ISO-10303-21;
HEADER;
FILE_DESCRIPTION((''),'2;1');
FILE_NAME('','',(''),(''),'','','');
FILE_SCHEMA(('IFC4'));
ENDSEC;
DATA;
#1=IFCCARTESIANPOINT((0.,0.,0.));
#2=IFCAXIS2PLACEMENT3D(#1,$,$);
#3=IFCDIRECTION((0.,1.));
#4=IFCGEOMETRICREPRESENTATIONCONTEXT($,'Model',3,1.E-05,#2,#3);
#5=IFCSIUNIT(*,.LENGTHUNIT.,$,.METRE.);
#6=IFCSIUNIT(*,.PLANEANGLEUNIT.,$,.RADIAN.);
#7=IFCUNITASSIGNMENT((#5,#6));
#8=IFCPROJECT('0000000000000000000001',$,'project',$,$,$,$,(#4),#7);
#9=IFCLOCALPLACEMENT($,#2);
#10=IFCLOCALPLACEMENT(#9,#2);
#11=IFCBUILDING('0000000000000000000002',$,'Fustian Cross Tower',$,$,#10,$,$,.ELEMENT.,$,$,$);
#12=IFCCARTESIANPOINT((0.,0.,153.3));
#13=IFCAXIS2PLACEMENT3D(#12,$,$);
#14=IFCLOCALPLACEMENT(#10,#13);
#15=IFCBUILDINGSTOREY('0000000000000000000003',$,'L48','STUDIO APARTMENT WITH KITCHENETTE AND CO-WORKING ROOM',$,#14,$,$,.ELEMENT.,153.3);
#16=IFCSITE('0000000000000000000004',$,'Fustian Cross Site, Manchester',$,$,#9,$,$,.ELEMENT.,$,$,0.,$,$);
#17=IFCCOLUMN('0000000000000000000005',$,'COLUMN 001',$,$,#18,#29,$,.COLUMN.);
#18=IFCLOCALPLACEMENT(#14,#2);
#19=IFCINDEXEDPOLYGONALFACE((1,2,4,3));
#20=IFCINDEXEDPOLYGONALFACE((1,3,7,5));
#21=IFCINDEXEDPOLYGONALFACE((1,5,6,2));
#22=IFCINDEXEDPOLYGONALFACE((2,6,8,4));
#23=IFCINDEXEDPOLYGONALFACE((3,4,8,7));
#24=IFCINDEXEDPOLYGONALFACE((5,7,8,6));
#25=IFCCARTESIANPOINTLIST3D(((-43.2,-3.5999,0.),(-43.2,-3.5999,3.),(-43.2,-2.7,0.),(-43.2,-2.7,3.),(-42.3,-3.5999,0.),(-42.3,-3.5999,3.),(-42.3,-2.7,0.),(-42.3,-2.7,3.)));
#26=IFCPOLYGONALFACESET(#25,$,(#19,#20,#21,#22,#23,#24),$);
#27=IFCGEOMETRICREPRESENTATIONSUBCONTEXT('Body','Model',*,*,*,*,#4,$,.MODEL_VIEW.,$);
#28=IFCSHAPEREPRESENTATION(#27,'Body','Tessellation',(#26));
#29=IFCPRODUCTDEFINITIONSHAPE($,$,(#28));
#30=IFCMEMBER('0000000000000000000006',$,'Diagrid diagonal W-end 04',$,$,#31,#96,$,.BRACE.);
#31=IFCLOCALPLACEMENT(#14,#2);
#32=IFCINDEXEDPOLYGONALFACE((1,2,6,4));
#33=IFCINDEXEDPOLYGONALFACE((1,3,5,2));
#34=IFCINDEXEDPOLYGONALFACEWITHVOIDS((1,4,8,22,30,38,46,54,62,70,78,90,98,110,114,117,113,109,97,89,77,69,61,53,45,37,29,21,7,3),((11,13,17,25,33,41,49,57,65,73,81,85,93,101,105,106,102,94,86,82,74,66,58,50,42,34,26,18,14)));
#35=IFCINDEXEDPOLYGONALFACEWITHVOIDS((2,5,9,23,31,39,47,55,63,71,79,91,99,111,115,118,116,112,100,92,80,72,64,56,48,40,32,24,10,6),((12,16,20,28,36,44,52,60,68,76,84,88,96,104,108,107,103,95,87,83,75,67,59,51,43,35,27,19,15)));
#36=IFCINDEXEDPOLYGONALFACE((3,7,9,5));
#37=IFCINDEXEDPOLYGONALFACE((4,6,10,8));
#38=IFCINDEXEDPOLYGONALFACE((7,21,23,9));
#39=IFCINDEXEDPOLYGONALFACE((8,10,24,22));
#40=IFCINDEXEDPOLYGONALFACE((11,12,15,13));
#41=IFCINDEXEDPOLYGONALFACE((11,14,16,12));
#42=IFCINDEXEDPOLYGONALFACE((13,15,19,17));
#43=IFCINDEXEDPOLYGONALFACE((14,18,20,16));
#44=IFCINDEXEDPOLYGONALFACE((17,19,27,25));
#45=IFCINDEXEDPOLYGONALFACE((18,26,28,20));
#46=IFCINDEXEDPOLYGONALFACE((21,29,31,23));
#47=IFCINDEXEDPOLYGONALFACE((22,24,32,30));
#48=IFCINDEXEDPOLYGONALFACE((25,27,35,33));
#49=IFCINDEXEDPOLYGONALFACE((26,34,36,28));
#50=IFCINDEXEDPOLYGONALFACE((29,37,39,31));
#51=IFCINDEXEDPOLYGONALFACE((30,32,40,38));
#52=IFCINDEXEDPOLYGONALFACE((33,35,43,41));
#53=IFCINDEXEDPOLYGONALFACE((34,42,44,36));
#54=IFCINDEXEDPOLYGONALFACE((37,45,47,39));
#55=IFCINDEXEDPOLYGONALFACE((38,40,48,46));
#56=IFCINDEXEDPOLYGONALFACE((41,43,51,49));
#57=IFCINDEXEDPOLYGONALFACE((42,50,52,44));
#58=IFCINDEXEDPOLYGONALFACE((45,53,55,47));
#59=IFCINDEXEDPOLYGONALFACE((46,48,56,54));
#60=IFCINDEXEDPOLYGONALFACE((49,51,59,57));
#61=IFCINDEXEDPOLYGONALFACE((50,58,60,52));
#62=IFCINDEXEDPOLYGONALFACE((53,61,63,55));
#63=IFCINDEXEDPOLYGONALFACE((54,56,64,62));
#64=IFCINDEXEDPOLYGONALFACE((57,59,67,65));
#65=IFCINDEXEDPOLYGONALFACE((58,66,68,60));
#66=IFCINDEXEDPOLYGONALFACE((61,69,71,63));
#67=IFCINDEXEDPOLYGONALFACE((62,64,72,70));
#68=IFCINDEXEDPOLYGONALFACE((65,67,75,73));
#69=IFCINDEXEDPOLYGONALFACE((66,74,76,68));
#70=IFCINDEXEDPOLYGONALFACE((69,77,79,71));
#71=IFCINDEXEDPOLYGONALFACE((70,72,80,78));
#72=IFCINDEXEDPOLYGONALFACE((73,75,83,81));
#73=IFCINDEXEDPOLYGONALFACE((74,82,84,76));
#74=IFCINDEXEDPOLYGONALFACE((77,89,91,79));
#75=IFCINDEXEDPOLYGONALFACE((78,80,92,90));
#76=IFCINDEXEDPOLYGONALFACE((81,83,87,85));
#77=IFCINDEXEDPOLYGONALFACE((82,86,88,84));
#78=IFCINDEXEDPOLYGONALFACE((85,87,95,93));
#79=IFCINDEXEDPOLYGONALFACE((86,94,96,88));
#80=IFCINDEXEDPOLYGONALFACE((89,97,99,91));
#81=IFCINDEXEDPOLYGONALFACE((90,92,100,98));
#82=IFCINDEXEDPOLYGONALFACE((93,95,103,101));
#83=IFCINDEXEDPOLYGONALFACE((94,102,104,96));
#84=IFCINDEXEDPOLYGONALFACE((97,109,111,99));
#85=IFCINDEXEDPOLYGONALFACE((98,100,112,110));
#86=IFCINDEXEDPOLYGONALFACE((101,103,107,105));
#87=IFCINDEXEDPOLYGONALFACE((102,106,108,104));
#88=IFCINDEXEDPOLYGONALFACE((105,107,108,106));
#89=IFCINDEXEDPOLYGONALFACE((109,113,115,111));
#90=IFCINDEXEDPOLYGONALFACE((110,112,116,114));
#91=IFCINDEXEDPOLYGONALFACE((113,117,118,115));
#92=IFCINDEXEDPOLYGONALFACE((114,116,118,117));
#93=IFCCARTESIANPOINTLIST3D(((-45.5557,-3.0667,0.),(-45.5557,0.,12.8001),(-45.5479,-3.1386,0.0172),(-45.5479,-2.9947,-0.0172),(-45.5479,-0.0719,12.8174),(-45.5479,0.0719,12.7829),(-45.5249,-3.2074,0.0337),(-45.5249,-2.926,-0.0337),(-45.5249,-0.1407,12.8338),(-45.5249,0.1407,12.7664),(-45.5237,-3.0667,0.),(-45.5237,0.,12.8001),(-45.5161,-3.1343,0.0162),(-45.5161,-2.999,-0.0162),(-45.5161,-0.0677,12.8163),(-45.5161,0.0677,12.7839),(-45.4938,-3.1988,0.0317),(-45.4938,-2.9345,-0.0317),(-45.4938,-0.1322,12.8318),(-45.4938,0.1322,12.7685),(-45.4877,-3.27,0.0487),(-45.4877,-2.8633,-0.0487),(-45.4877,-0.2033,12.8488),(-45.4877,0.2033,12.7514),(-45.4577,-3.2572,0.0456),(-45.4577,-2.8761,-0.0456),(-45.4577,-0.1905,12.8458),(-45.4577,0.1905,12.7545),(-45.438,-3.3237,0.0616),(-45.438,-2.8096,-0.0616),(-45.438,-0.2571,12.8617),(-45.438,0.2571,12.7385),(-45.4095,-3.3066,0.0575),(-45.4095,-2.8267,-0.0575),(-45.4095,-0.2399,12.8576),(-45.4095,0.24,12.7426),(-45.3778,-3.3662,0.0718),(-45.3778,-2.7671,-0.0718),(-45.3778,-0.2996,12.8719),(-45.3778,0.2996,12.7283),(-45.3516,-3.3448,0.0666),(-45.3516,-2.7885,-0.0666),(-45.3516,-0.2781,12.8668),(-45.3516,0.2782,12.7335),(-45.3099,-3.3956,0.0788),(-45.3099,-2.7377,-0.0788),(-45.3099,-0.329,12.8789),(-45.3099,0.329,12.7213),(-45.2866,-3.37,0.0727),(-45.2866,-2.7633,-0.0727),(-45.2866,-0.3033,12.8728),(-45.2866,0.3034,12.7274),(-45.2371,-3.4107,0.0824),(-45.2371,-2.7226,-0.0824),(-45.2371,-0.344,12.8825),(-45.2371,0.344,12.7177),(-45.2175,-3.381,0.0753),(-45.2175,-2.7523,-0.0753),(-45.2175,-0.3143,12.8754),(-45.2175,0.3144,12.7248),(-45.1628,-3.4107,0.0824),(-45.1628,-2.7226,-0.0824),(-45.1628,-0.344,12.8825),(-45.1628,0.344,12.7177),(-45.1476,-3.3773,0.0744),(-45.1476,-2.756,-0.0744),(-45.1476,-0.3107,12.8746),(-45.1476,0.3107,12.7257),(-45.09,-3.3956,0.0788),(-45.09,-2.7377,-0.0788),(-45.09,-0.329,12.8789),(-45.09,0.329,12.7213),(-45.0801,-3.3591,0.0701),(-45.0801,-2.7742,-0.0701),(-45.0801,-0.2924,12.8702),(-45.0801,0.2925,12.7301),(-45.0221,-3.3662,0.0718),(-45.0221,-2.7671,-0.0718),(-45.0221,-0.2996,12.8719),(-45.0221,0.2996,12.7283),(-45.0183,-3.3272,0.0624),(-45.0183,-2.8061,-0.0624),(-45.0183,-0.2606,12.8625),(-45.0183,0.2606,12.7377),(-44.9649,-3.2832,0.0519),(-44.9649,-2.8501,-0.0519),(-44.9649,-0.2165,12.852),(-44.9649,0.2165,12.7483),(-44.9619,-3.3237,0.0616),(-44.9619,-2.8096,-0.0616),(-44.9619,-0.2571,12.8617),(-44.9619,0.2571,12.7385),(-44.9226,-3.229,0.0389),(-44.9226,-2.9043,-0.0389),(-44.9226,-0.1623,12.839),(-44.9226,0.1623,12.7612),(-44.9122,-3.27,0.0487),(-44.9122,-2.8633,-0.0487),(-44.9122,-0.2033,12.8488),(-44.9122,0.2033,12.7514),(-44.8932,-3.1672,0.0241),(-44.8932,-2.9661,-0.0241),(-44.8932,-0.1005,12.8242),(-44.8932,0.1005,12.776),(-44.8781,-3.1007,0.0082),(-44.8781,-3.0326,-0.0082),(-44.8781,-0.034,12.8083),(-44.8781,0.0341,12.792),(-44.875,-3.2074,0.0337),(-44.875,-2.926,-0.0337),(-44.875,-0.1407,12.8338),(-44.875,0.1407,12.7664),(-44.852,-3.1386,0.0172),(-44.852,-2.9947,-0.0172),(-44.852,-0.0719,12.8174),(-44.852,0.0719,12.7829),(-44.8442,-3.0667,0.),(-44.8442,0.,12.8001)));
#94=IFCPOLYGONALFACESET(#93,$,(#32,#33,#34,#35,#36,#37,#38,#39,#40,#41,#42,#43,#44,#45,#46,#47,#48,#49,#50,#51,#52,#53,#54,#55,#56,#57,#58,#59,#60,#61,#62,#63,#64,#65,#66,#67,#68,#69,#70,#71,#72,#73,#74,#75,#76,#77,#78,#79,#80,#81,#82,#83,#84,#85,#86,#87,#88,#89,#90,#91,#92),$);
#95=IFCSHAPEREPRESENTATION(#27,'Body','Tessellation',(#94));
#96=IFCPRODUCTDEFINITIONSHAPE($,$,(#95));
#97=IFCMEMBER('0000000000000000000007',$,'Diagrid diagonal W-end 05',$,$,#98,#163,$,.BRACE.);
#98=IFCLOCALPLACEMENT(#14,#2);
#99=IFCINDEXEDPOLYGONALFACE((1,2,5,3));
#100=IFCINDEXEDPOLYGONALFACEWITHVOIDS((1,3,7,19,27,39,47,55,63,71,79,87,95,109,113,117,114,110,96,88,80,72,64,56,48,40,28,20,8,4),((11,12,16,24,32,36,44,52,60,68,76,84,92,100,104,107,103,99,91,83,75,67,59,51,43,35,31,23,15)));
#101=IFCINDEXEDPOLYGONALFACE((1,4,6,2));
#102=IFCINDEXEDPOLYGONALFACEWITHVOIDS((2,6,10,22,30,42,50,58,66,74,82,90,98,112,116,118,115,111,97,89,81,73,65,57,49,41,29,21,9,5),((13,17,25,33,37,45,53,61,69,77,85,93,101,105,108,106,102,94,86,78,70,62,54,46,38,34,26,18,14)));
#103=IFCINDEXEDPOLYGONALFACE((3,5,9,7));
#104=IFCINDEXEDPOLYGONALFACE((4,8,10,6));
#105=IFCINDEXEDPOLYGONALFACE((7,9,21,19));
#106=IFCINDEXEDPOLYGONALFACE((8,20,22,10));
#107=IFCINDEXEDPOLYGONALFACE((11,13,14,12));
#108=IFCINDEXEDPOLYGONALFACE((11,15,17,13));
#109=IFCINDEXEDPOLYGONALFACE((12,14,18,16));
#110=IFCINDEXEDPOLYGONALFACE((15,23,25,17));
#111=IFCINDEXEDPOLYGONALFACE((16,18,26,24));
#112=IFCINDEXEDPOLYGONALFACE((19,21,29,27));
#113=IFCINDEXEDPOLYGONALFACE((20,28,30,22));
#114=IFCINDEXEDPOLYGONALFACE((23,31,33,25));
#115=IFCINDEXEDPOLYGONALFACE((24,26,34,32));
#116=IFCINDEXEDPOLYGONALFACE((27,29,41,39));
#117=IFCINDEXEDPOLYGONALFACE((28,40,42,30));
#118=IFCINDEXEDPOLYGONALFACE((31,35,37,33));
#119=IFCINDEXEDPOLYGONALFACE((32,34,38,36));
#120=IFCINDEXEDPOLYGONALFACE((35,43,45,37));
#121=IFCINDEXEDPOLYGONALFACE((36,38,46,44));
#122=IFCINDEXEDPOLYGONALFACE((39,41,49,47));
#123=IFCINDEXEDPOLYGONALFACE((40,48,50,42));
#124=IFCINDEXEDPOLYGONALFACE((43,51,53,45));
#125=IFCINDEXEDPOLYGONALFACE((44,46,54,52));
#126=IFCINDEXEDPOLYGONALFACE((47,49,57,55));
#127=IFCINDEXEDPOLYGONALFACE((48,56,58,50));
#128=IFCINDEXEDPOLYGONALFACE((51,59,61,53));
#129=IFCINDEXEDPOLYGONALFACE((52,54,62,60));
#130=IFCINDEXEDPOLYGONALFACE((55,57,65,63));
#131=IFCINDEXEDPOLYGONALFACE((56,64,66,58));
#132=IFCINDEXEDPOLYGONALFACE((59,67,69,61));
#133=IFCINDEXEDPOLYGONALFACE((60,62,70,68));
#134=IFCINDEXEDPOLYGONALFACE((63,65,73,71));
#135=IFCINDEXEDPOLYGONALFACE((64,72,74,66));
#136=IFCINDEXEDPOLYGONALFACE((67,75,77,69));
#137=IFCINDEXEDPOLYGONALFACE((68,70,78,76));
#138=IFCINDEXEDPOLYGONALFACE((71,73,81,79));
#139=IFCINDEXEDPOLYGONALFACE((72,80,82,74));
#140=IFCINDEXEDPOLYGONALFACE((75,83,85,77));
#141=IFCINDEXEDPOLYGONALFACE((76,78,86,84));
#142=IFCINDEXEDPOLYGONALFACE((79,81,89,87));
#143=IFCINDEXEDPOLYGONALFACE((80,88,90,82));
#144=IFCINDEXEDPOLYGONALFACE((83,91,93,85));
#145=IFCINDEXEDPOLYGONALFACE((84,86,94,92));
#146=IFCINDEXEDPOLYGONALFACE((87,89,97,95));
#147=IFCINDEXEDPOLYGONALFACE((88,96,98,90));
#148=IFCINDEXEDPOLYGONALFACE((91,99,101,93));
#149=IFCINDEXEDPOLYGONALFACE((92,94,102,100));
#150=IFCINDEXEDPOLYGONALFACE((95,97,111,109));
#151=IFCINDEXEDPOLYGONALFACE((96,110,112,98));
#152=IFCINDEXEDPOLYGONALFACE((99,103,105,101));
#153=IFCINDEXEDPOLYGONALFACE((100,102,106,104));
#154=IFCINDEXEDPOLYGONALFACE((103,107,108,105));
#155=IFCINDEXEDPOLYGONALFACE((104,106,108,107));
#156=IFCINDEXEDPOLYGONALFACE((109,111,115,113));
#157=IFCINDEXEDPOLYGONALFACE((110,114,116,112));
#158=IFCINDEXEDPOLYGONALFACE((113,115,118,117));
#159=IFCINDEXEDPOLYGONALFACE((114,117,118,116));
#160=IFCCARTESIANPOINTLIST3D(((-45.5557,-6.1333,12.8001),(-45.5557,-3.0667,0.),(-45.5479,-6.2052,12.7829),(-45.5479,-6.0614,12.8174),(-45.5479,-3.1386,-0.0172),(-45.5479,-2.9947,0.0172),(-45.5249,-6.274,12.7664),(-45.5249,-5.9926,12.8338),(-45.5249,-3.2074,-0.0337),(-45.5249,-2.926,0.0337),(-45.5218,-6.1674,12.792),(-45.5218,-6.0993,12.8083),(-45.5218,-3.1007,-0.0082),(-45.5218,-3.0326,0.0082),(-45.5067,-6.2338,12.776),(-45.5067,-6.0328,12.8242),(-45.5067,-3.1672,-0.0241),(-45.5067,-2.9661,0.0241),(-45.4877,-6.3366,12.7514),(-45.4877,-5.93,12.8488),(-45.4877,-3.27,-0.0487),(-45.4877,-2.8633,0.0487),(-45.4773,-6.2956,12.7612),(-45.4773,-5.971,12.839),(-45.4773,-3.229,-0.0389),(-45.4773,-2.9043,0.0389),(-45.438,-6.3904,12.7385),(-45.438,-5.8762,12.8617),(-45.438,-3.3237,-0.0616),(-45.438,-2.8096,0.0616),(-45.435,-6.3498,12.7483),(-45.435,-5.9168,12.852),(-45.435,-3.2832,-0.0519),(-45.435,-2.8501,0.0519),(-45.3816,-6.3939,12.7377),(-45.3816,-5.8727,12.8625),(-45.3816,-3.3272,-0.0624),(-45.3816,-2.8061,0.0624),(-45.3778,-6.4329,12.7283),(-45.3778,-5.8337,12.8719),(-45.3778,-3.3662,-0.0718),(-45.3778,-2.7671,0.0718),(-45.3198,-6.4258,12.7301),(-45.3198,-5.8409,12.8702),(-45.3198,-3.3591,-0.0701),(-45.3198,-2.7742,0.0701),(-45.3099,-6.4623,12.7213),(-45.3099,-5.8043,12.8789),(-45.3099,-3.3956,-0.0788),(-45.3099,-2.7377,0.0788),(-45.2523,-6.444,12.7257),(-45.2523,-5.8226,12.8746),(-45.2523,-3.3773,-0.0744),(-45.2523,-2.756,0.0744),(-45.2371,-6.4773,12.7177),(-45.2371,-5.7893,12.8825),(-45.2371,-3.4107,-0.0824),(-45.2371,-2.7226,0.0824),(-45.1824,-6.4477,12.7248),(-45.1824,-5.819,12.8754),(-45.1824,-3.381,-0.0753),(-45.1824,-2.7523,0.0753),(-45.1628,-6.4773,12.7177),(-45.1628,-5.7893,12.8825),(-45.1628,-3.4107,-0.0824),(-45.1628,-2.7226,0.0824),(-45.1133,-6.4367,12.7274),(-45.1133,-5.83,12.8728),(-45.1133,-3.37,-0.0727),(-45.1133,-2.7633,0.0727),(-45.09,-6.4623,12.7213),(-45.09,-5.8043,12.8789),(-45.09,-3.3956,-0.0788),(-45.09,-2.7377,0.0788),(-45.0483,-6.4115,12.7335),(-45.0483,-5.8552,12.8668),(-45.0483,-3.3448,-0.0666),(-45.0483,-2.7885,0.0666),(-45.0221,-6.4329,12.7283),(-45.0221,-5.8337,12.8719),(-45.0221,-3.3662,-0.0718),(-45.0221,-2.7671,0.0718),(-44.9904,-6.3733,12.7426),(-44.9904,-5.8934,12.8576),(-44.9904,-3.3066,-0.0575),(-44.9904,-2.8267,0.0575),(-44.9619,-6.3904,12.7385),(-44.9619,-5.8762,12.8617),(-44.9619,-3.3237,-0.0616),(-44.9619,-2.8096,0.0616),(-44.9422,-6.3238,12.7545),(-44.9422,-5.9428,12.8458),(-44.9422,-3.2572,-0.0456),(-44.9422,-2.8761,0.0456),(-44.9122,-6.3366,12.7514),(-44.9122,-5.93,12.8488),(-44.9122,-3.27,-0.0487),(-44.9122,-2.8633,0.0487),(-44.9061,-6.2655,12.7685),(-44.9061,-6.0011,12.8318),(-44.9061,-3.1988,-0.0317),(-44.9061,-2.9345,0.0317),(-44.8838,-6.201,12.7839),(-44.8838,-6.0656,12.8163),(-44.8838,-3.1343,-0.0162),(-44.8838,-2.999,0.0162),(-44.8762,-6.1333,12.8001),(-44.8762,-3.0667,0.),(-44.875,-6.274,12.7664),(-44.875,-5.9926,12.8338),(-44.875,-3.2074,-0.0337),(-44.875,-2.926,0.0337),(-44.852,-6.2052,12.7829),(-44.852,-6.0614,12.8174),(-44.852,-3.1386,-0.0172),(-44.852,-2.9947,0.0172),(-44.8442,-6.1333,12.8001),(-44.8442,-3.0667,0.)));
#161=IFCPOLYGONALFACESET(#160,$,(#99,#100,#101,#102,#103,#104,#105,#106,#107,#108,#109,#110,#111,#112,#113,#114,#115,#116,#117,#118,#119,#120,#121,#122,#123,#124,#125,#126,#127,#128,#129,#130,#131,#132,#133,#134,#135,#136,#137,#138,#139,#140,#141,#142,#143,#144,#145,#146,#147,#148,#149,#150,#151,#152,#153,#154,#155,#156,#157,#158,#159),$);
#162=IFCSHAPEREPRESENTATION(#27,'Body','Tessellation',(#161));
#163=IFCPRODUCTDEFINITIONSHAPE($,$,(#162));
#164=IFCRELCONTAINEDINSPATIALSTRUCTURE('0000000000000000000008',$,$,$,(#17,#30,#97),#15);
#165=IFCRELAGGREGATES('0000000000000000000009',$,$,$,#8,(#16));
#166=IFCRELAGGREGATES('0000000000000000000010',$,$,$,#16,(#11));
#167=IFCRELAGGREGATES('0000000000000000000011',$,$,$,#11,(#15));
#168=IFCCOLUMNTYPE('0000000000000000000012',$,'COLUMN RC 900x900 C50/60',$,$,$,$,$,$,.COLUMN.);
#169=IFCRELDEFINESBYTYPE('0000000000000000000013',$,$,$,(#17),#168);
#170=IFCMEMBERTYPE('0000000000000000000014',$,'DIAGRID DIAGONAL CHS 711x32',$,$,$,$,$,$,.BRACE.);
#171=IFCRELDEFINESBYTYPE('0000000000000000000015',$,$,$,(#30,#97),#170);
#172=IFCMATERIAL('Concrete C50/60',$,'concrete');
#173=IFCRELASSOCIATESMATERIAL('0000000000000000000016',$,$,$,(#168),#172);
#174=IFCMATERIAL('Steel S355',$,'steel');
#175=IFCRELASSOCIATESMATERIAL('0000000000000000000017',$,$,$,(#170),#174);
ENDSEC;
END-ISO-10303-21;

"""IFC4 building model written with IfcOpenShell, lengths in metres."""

from ifc_helpers import new_model, si_unit, direction, frame, origin, origin_2d, place, context, subcontext, project, spatial, rectangle, hollow_circle, extrude, material, material_profile, profile_set, type_object, element, save


model = new_model("IFC4")

# Units and contexts
model_context = context("Model", 3, precision=1e-05, world=origin(), true_north=direction((0.0, 1.0)))
body_context = subcontext(model_context, "Body", "Model", "MODEL_VIEW")
ifc_project = project(units=[si_unit("LENGTHUNIT", "METRE"), si_unit("PLANEANGLEUNIT", "RADIAN")], contexts=[model_context])

# Site, building, storey
site_placement = place(None, origin())
site = spatial("IfcSite", under=ifc_project, at=site_placement, Name="Fustian Cross Site, Manchester", CompositionType="ELEMENT", RefElevation=0.0)
building_placement = place(site_placement, origin())
building = spatial("IfcBuilding", under=site, at=building_placement, Name="Fustian Cross Tower", CompositionType="ELEMENT")
storey_placement = place(building_placement, frame((0.0, 0.0, 153.3)))
storey = spatial("IfcBuildingStorey", under=building, at=storey_placement, Name="L48", Description="STUDIO APARTMENT WITH KITCHENETTE AND CO-WORKING ROOM", CompositionType="ELEMENT", Elevation=153.3)

# Column
ifc_material_1 = material(Name="Concrete C50/60", Category="concrete")
ifc_material_profile_1 = material_profile(ifc_material_1, rectangle(XDim=0.8999, YDim=0.8999, at=origin_2d()), Name="RC 900x900")
ifc_profile_set_1 = profile_set([ifc_material_profile_1], Name="Concrete C50/60")
column_type = type_object("IfcColumnType", Name="COLUMN RC 900x900 C50/60", PredefinedType="COLUMN", material=ifc_profile_set_1)
column_placement = place(storey_placement, frame((-42.75, -3.1499, 0.0), z_axis=(0.0, 0.0, 1.0), x_axis=(1.0, 0.0, 0.0)))
element("IfcColumn", 1, at=column_placement, inside=storey, type_object=column_type, Name="COLUMN 001", PredefinedType="COLUMN", context=body_context, shape_type="SweptSolid", body=[
    extrude(rectangle(XDim=0.8999, YDim=0.8999, at=origin_2d()), origin(), (0.0, 0.0, 1.0), 3.0),
])

# Members
ifc_material_2 = material(Name="Steel S355", Category="steel")
ifc_material_profile_2 = material_profile(ifc_material_2, hollow_circle(Radius=0.3557, WallThickness=0.032, at=origin_2d()), Name="CHS 711x32")
ifc_profile_set_2 = profile_set([ifc_material_profile_2], Name="Steel S355")
member_type = type_object("IfcMemberType", Name="DIAGRID DIAGONAL CHS 711x32", PredefinedType="BRACE", material=ifc_profile_set_2)
for number, where, z_axis, x_axis, name in (
    (2, (-45.2, -3.0667, 0.0), (0.0, 0.232988, 0.97248), (-1.0, 0.0, 0.0), "Diagrid diagonal W-end 04"),
    (3, (-45.2, -3.0667, 0.0), (0.0, -0.232988, 0.97248), (1.0, 0.0, 0.0), "Diagrid diagonal W-end 05"),
):
    element("IfcMember", number, at=place(storey_placement, frame(where, z_axis=z_axis, x_axis=x_axis)), inside=storey, type_object=member_type, Name=name, PredefinedType="BRACE", context=body_context, shape_type="SweptSolid", body=[
        extrude(hollow_circle(Radius=0.3557, WallThickness=0.032, at=origin_2d()), origin(), (0.0, 0.0, 1.0), 13.1624),
    ])

save(model, "model.ifc")
